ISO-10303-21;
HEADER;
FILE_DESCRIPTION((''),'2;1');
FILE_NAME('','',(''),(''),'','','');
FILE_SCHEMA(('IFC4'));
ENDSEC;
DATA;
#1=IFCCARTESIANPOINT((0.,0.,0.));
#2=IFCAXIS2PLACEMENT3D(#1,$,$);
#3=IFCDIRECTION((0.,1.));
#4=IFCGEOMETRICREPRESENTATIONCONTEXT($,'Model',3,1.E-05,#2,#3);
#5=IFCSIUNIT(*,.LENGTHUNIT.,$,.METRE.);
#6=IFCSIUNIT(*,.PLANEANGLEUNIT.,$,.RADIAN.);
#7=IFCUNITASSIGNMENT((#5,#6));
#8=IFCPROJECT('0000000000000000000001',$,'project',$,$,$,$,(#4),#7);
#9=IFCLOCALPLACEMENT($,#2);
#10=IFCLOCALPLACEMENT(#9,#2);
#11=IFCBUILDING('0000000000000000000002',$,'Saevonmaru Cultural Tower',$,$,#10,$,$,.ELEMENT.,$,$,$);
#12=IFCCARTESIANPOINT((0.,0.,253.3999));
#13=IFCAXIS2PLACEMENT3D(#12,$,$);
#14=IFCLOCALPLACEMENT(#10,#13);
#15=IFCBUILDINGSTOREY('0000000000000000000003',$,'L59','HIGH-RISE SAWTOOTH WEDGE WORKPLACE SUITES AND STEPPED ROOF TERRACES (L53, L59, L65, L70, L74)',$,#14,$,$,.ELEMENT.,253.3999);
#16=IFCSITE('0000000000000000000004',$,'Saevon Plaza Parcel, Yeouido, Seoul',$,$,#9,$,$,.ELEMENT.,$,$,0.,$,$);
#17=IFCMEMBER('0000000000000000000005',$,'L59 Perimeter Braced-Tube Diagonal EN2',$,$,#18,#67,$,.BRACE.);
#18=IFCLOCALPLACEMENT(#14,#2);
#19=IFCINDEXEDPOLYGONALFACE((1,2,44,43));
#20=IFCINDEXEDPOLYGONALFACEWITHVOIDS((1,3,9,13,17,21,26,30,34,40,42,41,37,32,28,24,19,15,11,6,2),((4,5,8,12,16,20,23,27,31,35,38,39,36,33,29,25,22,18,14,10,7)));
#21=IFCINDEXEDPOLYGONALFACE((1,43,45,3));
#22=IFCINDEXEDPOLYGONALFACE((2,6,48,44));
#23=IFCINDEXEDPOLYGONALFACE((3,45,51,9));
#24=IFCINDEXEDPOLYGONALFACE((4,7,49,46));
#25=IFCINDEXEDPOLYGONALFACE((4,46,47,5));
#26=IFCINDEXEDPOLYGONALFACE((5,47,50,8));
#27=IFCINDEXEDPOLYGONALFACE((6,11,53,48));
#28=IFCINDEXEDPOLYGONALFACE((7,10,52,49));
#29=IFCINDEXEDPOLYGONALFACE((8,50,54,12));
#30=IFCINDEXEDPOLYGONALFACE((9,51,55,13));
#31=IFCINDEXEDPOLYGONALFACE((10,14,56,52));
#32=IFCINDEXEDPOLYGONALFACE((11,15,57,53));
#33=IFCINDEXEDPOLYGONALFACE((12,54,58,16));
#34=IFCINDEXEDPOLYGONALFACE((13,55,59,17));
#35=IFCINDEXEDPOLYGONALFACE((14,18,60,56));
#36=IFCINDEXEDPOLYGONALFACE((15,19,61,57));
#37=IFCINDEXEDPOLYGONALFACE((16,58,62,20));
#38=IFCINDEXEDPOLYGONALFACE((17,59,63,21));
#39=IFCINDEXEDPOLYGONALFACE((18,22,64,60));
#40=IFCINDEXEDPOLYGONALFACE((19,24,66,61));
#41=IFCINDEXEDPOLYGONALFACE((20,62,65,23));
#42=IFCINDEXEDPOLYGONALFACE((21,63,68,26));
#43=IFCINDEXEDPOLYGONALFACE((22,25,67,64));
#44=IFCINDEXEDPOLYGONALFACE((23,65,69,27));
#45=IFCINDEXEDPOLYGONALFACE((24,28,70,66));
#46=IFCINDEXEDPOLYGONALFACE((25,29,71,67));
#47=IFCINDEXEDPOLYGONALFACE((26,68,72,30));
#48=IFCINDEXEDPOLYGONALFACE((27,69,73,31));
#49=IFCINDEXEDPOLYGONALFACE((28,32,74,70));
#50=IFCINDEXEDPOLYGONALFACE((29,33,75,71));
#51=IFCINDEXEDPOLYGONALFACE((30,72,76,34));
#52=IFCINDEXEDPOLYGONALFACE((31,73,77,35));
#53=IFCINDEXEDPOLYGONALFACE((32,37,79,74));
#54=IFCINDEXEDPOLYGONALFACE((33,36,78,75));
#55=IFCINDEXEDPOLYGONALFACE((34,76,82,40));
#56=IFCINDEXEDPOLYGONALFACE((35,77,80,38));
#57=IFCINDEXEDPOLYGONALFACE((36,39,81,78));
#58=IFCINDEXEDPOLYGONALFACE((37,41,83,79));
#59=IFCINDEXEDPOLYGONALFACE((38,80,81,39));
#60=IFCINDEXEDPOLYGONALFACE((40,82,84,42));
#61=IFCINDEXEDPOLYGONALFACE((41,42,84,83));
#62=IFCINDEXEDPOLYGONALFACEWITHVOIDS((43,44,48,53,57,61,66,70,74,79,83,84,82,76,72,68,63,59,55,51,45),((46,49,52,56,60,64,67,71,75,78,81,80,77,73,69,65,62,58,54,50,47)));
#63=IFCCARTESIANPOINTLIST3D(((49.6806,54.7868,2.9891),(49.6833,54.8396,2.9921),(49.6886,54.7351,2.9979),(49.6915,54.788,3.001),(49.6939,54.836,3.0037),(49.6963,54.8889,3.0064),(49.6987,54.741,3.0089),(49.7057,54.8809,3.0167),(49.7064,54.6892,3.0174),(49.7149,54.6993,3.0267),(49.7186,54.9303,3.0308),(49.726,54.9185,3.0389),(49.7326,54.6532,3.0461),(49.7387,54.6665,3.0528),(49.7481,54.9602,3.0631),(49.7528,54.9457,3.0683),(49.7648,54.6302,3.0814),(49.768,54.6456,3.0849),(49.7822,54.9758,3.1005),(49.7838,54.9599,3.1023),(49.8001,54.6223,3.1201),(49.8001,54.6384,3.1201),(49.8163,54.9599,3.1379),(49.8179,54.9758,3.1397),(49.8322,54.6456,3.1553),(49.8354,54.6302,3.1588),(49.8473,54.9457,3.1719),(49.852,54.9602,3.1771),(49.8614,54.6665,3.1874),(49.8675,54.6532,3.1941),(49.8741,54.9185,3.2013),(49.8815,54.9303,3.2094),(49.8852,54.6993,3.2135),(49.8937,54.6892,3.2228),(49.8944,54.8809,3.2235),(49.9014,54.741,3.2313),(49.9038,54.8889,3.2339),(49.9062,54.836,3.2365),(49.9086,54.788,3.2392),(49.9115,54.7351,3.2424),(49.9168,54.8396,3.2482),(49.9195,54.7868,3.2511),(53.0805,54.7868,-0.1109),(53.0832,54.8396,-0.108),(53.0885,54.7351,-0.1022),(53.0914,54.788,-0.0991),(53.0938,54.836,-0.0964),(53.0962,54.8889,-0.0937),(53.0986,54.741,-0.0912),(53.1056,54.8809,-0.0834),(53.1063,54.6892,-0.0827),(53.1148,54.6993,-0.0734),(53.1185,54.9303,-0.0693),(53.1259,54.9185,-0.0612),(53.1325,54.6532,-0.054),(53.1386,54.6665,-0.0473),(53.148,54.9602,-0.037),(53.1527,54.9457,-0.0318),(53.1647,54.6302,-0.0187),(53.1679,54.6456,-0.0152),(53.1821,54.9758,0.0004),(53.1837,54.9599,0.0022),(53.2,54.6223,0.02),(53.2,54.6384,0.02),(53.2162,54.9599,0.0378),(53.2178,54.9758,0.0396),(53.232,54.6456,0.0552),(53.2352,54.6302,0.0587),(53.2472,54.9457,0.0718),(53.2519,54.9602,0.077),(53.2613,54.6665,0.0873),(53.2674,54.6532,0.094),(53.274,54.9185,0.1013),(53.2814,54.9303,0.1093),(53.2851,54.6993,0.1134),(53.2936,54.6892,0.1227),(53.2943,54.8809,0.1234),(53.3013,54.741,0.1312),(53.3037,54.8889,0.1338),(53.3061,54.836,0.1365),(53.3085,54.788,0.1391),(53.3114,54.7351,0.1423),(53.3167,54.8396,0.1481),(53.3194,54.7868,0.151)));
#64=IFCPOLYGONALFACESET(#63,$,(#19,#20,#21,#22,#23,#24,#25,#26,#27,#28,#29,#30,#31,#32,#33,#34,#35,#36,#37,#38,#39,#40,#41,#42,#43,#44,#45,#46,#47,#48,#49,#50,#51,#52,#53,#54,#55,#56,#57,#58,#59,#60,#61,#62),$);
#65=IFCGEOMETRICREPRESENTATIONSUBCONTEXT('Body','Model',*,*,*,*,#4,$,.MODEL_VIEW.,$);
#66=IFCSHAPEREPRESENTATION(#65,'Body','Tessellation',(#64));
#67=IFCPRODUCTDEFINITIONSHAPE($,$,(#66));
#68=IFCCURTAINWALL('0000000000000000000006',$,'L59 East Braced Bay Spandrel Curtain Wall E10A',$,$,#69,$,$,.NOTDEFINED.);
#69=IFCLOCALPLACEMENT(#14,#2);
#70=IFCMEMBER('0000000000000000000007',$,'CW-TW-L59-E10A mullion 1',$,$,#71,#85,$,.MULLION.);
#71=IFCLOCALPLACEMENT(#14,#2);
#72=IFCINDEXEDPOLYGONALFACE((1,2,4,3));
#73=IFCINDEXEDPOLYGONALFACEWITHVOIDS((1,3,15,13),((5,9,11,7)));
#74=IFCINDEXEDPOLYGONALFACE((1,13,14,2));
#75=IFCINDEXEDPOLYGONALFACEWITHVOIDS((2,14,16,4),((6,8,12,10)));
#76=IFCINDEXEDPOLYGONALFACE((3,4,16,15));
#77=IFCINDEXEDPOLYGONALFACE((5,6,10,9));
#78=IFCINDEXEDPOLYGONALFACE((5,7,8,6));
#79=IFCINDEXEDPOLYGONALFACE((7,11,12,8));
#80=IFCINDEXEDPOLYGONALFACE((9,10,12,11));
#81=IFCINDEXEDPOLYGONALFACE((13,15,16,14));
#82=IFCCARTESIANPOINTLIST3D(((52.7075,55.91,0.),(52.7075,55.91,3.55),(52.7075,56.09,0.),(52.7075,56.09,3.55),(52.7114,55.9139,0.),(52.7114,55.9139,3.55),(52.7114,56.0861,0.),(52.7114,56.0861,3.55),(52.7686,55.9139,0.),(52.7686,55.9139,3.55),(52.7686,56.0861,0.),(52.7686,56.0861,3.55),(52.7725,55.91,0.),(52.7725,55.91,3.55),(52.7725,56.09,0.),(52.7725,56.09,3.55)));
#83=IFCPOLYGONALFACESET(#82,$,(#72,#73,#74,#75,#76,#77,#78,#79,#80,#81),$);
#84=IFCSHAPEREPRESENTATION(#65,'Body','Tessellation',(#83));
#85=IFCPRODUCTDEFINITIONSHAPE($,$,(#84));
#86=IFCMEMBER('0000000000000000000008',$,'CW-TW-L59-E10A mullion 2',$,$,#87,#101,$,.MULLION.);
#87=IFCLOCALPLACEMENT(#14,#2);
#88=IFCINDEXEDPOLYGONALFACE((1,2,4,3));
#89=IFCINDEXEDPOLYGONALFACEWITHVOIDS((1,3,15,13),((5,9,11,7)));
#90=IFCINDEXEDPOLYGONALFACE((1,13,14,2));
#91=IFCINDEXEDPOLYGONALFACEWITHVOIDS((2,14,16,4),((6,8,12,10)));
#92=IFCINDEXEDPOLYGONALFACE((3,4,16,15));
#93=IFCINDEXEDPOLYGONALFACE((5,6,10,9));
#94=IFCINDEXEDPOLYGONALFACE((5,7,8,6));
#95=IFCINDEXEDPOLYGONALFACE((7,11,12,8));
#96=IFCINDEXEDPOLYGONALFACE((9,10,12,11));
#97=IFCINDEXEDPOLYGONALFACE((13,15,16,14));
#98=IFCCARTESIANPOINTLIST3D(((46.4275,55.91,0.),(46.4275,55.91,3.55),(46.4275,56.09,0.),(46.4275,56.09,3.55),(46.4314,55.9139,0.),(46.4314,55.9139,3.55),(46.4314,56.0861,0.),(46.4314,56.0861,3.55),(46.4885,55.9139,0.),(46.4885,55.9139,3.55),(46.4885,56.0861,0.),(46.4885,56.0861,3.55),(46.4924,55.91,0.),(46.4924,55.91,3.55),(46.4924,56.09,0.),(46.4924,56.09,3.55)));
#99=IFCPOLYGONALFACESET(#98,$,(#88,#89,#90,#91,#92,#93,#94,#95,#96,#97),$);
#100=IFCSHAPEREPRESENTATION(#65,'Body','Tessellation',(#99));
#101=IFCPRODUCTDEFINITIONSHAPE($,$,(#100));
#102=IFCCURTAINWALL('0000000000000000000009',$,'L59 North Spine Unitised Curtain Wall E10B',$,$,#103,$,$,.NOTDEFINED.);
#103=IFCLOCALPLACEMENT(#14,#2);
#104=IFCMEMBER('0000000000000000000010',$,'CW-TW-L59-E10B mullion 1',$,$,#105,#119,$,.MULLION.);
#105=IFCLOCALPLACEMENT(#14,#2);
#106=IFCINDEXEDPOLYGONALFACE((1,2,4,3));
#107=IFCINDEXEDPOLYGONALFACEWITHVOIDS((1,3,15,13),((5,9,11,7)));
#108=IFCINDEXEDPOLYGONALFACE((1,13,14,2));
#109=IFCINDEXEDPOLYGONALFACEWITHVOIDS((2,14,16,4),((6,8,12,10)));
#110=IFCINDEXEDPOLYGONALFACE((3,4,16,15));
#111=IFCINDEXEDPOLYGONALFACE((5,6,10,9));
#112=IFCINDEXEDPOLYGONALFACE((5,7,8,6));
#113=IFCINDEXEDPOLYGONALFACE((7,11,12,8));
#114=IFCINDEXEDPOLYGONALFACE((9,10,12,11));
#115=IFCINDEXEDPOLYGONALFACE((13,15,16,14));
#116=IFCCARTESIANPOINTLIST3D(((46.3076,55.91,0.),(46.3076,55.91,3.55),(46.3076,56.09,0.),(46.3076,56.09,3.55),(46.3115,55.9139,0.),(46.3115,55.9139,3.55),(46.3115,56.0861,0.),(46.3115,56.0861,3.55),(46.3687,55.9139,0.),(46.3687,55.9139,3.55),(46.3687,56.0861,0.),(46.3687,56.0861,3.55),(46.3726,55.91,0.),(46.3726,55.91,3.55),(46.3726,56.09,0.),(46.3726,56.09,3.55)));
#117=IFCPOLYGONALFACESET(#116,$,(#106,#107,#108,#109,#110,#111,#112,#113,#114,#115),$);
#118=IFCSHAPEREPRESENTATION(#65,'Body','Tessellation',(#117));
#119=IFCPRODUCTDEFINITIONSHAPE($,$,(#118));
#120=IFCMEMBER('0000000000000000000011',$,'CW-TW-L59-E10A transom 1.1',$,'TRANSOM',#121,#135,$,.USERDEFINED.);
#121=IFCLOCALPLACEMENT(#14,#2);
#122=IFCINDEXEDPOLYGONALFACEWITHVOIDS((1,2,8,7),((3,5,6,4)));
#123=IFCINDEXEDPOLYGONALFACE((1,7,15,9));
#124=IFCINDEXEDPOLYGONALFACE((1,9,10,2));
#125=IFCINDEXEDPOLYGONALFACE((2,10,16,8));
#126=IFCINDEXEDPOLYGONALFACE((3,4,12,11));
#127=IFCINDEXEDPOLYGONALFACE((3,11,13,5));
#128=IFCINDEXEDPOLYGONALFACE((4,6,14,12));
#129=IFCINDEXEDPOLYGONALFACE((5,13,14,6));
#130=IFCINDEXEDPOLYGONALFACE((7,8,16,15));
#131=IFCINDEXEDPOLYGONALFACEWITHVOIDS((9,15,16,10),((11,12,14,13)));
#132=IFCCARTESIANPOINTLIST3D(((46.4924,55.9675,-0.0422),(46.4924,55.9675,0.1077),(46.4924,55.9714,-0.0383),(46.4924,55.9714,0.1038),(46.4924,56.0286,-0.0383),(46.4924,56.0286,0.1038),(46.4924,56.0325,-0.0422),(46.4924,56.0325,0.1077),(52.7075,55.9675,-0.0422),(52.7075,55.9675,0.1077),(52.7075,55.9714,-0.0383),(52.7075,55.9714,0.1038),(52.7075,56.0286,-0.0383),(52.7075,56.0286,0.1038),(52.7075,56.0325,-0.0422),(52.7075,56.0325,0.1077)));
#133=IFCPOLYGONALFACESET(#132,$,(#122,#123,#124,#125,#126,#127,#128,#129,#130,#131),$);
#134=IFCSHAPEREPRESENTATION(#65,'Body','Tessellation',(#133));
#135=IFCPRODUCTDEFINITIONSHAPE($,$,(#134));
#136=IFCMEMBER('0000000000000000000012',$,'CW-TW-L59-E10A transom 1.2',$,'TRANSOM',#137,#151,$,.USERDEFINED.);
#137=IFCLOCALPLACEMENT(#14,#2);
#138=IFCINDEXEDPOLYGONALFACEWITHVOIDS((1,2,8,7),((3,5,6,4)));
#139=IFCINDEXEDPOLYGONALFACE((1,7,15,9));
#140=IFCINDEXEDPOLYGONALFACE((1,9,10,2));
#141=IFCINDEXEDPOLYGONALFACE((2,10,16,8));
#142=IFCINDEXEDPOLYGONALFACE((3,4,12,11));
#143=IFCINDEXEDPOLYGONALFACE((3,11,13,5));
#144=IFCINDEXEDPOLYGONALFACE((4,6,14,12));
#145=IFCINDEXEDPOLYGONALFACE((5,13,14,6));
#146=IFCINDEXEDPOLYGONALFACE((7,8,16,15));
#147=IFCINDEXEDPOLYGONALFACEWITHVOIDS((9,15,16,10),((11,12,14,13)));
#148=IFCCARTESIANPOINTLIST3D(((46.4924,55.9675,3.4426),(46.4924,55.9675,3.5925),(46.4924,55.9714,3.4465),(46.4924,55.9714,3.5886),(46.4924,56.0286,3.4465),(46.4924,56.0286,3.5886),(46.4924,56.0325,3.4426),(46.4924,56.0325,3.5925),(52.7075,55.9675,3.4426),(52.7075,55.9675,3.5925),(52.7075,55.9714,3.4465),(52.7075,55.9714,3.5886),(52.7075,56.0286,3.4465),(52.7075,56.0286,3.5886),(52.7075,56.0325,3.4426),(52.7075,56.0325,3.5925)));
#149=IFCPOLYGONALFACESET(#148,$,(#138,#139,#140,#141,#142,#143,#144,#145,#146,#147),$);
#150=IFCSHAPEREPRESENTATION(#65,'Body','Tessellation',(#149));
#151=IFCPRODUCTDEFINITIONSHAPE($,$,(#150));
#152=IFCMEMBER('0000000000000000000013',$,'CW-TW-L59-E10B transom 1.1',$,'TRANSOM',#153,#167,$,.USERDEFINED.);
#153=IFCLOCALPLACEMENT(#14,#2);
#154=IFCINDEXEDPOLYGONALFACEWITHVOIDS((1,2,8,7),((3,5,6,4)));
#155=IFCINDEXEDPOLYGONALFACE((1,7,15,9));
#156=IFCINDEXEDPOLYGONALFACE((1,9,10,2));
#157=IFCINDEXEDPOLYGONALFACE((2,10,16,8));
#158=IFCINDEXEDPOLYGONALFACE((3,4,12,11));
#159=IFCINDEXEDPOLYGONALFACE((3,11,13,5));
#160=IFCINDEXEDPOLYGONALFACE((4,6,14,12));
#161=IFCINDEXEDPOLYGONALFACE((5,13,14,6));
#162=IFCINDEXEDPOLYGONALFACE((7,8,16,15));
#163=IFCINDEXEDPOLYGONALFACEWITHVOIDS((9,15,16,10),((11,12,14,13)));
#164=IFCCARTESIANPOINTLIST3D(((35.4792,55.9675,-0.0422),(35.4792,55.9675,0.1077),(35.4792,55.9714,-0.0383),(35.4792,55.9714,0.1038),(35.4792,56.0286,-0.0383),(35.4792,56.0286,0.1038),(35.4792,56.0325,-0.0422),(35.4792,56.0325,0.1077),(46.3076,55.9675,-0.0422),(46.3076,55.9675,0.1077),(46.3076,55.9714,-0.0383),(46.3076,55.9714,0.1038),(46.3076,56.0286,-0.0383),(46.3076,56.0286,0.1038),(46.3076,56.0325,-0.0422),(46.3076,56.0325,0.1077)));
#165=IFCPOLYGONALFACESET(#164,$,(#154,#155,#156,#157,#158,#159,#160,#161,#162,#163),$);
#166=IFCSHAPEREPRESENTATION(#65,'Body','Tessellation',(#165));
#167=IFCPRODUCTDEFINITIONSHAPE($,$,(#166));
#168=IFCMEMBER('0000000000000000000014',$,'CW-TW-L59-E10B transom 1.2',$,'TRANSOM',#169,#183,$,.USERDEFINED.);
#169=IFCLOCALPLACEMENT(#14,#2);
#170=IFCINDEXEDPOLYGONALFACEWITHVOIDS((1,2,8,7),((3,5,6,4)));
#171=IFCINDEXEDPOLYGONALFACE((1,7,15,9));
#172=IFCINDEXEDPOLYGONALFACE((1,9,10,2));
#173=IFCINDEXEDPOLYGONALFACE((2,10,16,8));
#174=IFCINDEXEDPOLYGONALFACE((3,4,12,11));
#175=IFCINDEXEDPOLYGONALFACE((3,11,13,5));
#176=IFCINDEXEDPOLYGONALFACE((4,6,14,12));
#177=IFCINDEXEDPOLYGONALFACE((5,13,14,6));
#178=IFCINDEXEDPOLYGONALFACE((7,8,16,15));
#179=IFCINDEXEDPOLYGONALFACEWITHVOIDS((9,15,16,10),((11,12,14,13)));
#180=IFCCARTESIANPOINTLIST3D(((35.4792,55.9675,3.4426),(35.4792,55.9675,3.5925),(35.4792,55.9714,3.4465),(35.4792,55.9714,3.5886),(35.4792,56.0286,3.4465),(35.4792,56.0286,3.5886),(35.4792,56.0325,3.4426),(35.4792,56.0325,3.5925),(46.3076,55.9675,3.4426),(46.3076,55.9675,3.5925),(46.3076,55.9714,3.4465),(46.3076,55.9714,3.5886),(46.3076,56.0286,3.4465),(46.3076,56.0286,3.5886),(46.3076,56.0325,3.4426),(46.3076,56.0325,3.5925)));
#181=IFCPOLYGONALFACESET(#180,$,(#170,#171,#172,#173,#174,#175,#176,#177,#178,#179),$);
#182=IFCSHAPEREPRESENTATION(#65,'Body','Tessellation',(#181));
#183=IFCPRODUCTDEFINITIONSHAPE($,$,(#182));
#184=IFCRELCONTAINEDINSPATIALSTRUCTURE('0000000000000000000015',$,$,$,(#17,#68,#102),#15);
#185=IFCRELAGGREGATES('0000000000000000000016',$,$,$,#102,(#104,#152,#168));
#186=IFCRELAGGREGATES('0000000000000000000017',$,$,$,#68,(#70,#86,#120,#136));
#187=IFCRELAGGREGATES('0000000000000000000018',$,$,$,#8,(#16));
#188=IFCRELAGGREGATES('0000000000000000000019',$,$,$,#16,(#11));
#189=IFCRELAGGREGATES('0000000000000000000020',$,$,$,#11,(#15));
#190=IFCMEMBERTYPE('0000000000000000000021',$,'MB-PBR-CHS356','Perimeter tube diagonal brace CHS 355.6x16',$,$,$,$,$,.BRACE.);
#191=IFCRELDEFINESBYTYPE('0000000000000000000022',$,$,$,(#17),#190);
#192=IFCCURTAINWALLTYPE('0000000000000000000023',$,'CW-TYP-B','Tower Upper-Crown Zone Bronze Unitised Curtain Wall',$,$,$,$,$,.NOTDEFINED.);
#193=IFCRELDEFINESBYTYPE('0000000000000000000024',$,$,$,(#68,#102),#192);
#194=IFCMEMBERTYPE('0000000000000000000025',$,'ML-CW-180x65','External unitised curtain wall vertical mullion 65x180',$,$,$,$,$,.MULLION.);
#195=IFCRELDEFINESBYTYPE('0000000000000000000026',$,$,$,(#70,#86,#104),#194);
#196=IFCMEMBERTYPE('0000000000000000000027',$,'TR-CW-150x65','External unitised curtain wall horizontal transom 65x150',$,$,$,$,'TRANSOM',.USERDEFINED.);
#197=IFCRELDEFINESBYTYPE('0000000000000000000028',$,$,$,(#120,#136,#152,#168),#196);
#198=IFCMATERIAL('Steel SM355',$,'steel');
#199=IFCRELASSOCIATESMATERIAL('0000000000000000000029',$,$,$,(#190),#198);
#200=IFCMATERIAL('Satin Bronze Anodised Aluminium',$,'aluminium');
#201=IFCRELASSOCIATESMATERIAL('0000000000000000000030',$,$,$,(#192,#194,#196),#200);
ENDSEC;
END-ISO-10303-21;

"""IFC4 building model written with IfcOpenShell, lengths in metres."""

from ifc_helpers import new_model, si_unit, direction, frame, origin, origin_2d, place, context, subcontext, project, spatial, hollow_rectangle, hollow_circle, extrude, material, material_profile, profile_set, type_object, element, aggregate, save


model = new_model("IFC4")

# Units and contexts
model_context = context("Model", 3, precision=1e-05, world=origin(), true_north=direction((0.0, 1.0)))
body_context = subcontext(model_context, "Body", "Model", "MODEL_VIEW")
ifc_project = project(units=[si_unit("LENGTHUNIT", "METRE"), si_unit("PLANEANGLEUNIT", "RADIAN")], contexts=[model_context])

# Site, building, storey
site_placement = place(None, origin())
site = spatial("IfcSite", under=ifc_project, at=site_placement, Name="Saevon Plaza Parcel, Yeouido, Seoul", CompositionType="ELEMENT", RefElevation=0.0)
building_placement = place(site_placement, origin())
building = spatial("IfcBuilding", under=site, at=building_placement, Name="Saevonmaru Cultural Tower", CompositionType="ELEMENT")
storey_placement = place(building_placement, frame((0.0, 0.0, 253.3999)))
storey = spatial("IfcBuildingStorey", under=building, at=storey_placement, Name="L59", Description="HIGH-RISE SAWTOOTH WEDGE WORKPLACE SUITES AND STEPPED ROOF TERRACES (L53, L59, L65, L70, L74)", CompositionType="ELEMENT", Elevation=253.3999)

# Shared definitions
ifc_material_1 = material(Name="Steel SM355", Category="steel")

# Member
ifc_material_profile_1 = material_profile(ifc_material_1, hollow_circle(Radius=0.1777, WallThickness=0.0161, at=origin_2d()), Name="CHS-355.6x16")
ifc_profile_set_1 = profile_set([ifc_material_profile_1], Name="Steel SM355")
member_type_1 = type_object("IfcMemberType", Name="MB-PBR-CHS356", Description="Perimeter tube diagonal brace CHS 355.6x16", PredefinedType="BRACE", material=ifc_profile_set_1)
member_1_placement = place(storey_placement, frame((53.2, 54.8, 0.02), z_axis=(-0.738936, 0.0, 0.673776), x_axis=(0.0, -1.0, 0.0)))
element("IfcMember", 1, at=member_1_placement, inside=storey, type_object=member_type_1, Name="L59 Perimeter Braced-Tube Diagonal EN2", PredefinedType="BRACE", context=body_context, shape_type="SweptSolid", body=[
    extrude(hollow_circle(Radius=0.1777, WallThickness=0.0161, at=origin_2d()), origin(), (0.0, 0.0, 1.0), 4.6011),
])

# Curtain wall, members
ifc_material_2 = material(Name="Satin Bronze Anodised Aluminium", Category="aluminium")
curtain_wall_type = type_object("IfcCurtainWallType", Name="CW-TYP-B", Description="Tower Upper-Crown Zone Bronze Unitised Curtain Wall", PredefinedType="NOTDEFINED", material=ifc_material_2)
curtain_wall_1_placement = place(storey_placement, origin())
curtain_wall_1 = element("IfcCurtainWall", 2, at=curtain_wall_1_placement, inside=storey, type_object=curtain_wall_type, Name="L59 East Braced Bay Spandrel Curtain Wall E10A", PredefinedType="NOTDEFINED")
ifc_material_profile_2 = material_profile(ifc_material_2, hollow_rectangle(XDim=0.0649, YDim=0.1799, WallThickness=0.0039, at=origin_2d()), Name="ALU-MULL-180x65x4")
ifc_profile_set_2 = profile_set([ifc_material_profile_2], Name="Satin Bronze Anodised Aluminium")
member_type_2 = type_object("IfcMemberType", Name="ML-CW-180x65", Description="External unitised curtain wall vertical mullion 65x180", PredefinedType="MULLION", material=ifc_profile_set_2)
member_2_placement = place(storey_placement, frame((52.74, 56.0, 0.0), z_axis=(0.0, 0.0, 1.0), x_axis=(-1.0, 0.0, 0.0)))
member_2 = element("IfcMember", 3, at=member_2_placement, type_object=member_type_2, Name="CW-TW-L59-E10A mullion 1", PredefinedType="MULLION", context=body_context, shape_type="SweptSolid", body=[
    extrude(hollow_rectangle(XDim=0.0649, YDim=0.1799, WallThickness=0.0039, at=origin_2d()), origin(), (0.0, 0.0, 1.0), 3.55),
])
member_3_placement = place(storey_placement, frame((46.46, 56.0, 0.0), z_axis=(0.0, 0.0, 1.0), x_axis=(-1.0, 0.0, 0.0)))
member_3 = element("IfcMember", 4, at=member_3_placement, type_object=member_type_2, Name="CW-TW-L59-E10A mullion 2", PredefinedType="MULLION", context=body_context, shape_type="SweptSolid", body=[
    extrude(hollow_rectangle(XDim=0.0649, YDim=0.1799, WallThickness=0.0039, at=origin_2d()), origin(), (0.0, 0.0, 1.0), 3.55),
])

# Curtain wall, member
curtain_wall_2_placement = place(storey_placement, origin())
curtain_wall_2 = element("IfcCurtainWall", 5, at=curtain_wall_2_placement, inside=storey, type_object=curtain_wall_type, Name="L59 North Spine Unitised Curtain Wall E10B", PredefinedType="NOTDEFINED")
member_4_placement = place(storey_placement, frame((46.3401, 56.0, 0.0), z_axis=(0.0, 0.0, 1.0), x_axis=(-1.0, 0.0, 0.0)))
member_4 = element("IfcMember", 6, at=member_4_placement, type_object=member_type_2, Name="CW-TW-L59-E10B mullion 1", PredefinedType="MULLION", context=body_context, shape_type="SweptSolid", body=[
    extrude(hollow_rectangle(XDim=0.0649, YDim=0.1799, WallThickness=0.0039, at=origin_2d()), origin(), (0.0, 0.0, 1.0), 3.55),
])

# Members
ifc_material_profile_3 = material_profile(ifc_material_2, hollow_rectangle(XDim=0.0649, YDim=0.1499, WallThickness=0.0039, at=origin_2d()), Name="ALU-TRAN-150x65x4")
ifc_profile_set_3 = profile_set([ifc_material_profile_3], Name="Satin Bronze Anodised Aluminium")
member_type_3 = type_object("IfcMemberType", Name="TR-CW-150x65", Description="External unitised curtain wall horizontal transom 65x150", ElementType="TRANSOM", PredefinedType="USERDEFINED", material=ifc_profile_set_3)
member_5_placement = place(storey_placement, frame((52.7075, 56.0, 0.0327), z_axis=(-1.0, 0.0, 0.0), x_axis=(0.0, -1.0, 0.0)))
member_5 = element("IfcMember", 7, at=member_5_placement, type_object=member_type_3, Name="CW-TW-L59-E10A transom 1.1", ObjectType="TRANSOM", PredefinedType="USERDEFINED", context=body_context, shape_type="SweptSolid", body=[
    extrude(hollow_rectangle(XDim=0.0649, YDim=0.1499, WallThickness=0.0039, at=origin_2d()), origin(), (0.0, 0.0, 1.0), 6.2151),
])
member_6_placement = place(storey_placement, frame((52.7075, 56.0, 3.5176), z_axis=(-1.0, 0.0, 0.0), x_axis=(0.0, -1.0, 0.0)))
member_6 = element("IfcMember", 8, at=member_6_placement, type_object=member_type_3, Name="CW-TW-L59-E10A transom 1.2", ObjectType="TRANSOM", PredefinedType="USERDEFINED", context=body_context, shape_type="SweptSolid", body=[
    extrude(hollow_rectangle(XDim=0.0649, YDim=0.1499, WallThickness=0.0039, at=origin_2d()), origin(), (0.0, 0.0, 1.0), 6.2151),
])
member_7_placement = place(storey_placement, frame((46.3076, 56.0, 0.0327), z_axis=(-1.0, 0.0, 0.0), x_axis=(0.0, -1.0, 0.0)))
member_7 = element("IfcMember", 9, at=member_7_placement, type_object=member_type_3, Name="CW-TW-L59-E10B transom 1.1", ObjectType="TRANSOM", PredefinedType="USERDEFINED", context=body_context, shape_type="SweptSolid", body=[
    extrude(hollow_rectangle(XDim=0.0649, YDim=0.1499, WallThickness=0.0039, at=origin_2d()), origin(), (0.0, 0.0, 1.0), 10.8284),
])
member_8_placement = place(storey_placement, frame((46.3076, 56.0, 3.5176), z_axis=(-1.0, 0.0, 0.0), x_axis=(0.0, -1.0, 0.0)))
member_8 = element("IfcMember", 10, at=member_8_placement, type_object=member_type_3, Name="CW-TW-L59-E10B transom 1.2", ObjectType="TRANSOM", PredefinedType="USERDEFINED", context=body_context, shape_type="SweptSolid", body=[
    extrude(hollow_rectangle(XDim=0.0649, YDim=0.1499, WallThickness=0.0039, at=origin_2d()), origin(), (0.0, 0.0, 1.0), 10.8284),
])
aggregate(curtain_wall_2, [member_4, member_7, member_8])

aggregate(curtain_wall_1, [member_2, member_3, member_5, member_6])

save(model, "model.ifc")
